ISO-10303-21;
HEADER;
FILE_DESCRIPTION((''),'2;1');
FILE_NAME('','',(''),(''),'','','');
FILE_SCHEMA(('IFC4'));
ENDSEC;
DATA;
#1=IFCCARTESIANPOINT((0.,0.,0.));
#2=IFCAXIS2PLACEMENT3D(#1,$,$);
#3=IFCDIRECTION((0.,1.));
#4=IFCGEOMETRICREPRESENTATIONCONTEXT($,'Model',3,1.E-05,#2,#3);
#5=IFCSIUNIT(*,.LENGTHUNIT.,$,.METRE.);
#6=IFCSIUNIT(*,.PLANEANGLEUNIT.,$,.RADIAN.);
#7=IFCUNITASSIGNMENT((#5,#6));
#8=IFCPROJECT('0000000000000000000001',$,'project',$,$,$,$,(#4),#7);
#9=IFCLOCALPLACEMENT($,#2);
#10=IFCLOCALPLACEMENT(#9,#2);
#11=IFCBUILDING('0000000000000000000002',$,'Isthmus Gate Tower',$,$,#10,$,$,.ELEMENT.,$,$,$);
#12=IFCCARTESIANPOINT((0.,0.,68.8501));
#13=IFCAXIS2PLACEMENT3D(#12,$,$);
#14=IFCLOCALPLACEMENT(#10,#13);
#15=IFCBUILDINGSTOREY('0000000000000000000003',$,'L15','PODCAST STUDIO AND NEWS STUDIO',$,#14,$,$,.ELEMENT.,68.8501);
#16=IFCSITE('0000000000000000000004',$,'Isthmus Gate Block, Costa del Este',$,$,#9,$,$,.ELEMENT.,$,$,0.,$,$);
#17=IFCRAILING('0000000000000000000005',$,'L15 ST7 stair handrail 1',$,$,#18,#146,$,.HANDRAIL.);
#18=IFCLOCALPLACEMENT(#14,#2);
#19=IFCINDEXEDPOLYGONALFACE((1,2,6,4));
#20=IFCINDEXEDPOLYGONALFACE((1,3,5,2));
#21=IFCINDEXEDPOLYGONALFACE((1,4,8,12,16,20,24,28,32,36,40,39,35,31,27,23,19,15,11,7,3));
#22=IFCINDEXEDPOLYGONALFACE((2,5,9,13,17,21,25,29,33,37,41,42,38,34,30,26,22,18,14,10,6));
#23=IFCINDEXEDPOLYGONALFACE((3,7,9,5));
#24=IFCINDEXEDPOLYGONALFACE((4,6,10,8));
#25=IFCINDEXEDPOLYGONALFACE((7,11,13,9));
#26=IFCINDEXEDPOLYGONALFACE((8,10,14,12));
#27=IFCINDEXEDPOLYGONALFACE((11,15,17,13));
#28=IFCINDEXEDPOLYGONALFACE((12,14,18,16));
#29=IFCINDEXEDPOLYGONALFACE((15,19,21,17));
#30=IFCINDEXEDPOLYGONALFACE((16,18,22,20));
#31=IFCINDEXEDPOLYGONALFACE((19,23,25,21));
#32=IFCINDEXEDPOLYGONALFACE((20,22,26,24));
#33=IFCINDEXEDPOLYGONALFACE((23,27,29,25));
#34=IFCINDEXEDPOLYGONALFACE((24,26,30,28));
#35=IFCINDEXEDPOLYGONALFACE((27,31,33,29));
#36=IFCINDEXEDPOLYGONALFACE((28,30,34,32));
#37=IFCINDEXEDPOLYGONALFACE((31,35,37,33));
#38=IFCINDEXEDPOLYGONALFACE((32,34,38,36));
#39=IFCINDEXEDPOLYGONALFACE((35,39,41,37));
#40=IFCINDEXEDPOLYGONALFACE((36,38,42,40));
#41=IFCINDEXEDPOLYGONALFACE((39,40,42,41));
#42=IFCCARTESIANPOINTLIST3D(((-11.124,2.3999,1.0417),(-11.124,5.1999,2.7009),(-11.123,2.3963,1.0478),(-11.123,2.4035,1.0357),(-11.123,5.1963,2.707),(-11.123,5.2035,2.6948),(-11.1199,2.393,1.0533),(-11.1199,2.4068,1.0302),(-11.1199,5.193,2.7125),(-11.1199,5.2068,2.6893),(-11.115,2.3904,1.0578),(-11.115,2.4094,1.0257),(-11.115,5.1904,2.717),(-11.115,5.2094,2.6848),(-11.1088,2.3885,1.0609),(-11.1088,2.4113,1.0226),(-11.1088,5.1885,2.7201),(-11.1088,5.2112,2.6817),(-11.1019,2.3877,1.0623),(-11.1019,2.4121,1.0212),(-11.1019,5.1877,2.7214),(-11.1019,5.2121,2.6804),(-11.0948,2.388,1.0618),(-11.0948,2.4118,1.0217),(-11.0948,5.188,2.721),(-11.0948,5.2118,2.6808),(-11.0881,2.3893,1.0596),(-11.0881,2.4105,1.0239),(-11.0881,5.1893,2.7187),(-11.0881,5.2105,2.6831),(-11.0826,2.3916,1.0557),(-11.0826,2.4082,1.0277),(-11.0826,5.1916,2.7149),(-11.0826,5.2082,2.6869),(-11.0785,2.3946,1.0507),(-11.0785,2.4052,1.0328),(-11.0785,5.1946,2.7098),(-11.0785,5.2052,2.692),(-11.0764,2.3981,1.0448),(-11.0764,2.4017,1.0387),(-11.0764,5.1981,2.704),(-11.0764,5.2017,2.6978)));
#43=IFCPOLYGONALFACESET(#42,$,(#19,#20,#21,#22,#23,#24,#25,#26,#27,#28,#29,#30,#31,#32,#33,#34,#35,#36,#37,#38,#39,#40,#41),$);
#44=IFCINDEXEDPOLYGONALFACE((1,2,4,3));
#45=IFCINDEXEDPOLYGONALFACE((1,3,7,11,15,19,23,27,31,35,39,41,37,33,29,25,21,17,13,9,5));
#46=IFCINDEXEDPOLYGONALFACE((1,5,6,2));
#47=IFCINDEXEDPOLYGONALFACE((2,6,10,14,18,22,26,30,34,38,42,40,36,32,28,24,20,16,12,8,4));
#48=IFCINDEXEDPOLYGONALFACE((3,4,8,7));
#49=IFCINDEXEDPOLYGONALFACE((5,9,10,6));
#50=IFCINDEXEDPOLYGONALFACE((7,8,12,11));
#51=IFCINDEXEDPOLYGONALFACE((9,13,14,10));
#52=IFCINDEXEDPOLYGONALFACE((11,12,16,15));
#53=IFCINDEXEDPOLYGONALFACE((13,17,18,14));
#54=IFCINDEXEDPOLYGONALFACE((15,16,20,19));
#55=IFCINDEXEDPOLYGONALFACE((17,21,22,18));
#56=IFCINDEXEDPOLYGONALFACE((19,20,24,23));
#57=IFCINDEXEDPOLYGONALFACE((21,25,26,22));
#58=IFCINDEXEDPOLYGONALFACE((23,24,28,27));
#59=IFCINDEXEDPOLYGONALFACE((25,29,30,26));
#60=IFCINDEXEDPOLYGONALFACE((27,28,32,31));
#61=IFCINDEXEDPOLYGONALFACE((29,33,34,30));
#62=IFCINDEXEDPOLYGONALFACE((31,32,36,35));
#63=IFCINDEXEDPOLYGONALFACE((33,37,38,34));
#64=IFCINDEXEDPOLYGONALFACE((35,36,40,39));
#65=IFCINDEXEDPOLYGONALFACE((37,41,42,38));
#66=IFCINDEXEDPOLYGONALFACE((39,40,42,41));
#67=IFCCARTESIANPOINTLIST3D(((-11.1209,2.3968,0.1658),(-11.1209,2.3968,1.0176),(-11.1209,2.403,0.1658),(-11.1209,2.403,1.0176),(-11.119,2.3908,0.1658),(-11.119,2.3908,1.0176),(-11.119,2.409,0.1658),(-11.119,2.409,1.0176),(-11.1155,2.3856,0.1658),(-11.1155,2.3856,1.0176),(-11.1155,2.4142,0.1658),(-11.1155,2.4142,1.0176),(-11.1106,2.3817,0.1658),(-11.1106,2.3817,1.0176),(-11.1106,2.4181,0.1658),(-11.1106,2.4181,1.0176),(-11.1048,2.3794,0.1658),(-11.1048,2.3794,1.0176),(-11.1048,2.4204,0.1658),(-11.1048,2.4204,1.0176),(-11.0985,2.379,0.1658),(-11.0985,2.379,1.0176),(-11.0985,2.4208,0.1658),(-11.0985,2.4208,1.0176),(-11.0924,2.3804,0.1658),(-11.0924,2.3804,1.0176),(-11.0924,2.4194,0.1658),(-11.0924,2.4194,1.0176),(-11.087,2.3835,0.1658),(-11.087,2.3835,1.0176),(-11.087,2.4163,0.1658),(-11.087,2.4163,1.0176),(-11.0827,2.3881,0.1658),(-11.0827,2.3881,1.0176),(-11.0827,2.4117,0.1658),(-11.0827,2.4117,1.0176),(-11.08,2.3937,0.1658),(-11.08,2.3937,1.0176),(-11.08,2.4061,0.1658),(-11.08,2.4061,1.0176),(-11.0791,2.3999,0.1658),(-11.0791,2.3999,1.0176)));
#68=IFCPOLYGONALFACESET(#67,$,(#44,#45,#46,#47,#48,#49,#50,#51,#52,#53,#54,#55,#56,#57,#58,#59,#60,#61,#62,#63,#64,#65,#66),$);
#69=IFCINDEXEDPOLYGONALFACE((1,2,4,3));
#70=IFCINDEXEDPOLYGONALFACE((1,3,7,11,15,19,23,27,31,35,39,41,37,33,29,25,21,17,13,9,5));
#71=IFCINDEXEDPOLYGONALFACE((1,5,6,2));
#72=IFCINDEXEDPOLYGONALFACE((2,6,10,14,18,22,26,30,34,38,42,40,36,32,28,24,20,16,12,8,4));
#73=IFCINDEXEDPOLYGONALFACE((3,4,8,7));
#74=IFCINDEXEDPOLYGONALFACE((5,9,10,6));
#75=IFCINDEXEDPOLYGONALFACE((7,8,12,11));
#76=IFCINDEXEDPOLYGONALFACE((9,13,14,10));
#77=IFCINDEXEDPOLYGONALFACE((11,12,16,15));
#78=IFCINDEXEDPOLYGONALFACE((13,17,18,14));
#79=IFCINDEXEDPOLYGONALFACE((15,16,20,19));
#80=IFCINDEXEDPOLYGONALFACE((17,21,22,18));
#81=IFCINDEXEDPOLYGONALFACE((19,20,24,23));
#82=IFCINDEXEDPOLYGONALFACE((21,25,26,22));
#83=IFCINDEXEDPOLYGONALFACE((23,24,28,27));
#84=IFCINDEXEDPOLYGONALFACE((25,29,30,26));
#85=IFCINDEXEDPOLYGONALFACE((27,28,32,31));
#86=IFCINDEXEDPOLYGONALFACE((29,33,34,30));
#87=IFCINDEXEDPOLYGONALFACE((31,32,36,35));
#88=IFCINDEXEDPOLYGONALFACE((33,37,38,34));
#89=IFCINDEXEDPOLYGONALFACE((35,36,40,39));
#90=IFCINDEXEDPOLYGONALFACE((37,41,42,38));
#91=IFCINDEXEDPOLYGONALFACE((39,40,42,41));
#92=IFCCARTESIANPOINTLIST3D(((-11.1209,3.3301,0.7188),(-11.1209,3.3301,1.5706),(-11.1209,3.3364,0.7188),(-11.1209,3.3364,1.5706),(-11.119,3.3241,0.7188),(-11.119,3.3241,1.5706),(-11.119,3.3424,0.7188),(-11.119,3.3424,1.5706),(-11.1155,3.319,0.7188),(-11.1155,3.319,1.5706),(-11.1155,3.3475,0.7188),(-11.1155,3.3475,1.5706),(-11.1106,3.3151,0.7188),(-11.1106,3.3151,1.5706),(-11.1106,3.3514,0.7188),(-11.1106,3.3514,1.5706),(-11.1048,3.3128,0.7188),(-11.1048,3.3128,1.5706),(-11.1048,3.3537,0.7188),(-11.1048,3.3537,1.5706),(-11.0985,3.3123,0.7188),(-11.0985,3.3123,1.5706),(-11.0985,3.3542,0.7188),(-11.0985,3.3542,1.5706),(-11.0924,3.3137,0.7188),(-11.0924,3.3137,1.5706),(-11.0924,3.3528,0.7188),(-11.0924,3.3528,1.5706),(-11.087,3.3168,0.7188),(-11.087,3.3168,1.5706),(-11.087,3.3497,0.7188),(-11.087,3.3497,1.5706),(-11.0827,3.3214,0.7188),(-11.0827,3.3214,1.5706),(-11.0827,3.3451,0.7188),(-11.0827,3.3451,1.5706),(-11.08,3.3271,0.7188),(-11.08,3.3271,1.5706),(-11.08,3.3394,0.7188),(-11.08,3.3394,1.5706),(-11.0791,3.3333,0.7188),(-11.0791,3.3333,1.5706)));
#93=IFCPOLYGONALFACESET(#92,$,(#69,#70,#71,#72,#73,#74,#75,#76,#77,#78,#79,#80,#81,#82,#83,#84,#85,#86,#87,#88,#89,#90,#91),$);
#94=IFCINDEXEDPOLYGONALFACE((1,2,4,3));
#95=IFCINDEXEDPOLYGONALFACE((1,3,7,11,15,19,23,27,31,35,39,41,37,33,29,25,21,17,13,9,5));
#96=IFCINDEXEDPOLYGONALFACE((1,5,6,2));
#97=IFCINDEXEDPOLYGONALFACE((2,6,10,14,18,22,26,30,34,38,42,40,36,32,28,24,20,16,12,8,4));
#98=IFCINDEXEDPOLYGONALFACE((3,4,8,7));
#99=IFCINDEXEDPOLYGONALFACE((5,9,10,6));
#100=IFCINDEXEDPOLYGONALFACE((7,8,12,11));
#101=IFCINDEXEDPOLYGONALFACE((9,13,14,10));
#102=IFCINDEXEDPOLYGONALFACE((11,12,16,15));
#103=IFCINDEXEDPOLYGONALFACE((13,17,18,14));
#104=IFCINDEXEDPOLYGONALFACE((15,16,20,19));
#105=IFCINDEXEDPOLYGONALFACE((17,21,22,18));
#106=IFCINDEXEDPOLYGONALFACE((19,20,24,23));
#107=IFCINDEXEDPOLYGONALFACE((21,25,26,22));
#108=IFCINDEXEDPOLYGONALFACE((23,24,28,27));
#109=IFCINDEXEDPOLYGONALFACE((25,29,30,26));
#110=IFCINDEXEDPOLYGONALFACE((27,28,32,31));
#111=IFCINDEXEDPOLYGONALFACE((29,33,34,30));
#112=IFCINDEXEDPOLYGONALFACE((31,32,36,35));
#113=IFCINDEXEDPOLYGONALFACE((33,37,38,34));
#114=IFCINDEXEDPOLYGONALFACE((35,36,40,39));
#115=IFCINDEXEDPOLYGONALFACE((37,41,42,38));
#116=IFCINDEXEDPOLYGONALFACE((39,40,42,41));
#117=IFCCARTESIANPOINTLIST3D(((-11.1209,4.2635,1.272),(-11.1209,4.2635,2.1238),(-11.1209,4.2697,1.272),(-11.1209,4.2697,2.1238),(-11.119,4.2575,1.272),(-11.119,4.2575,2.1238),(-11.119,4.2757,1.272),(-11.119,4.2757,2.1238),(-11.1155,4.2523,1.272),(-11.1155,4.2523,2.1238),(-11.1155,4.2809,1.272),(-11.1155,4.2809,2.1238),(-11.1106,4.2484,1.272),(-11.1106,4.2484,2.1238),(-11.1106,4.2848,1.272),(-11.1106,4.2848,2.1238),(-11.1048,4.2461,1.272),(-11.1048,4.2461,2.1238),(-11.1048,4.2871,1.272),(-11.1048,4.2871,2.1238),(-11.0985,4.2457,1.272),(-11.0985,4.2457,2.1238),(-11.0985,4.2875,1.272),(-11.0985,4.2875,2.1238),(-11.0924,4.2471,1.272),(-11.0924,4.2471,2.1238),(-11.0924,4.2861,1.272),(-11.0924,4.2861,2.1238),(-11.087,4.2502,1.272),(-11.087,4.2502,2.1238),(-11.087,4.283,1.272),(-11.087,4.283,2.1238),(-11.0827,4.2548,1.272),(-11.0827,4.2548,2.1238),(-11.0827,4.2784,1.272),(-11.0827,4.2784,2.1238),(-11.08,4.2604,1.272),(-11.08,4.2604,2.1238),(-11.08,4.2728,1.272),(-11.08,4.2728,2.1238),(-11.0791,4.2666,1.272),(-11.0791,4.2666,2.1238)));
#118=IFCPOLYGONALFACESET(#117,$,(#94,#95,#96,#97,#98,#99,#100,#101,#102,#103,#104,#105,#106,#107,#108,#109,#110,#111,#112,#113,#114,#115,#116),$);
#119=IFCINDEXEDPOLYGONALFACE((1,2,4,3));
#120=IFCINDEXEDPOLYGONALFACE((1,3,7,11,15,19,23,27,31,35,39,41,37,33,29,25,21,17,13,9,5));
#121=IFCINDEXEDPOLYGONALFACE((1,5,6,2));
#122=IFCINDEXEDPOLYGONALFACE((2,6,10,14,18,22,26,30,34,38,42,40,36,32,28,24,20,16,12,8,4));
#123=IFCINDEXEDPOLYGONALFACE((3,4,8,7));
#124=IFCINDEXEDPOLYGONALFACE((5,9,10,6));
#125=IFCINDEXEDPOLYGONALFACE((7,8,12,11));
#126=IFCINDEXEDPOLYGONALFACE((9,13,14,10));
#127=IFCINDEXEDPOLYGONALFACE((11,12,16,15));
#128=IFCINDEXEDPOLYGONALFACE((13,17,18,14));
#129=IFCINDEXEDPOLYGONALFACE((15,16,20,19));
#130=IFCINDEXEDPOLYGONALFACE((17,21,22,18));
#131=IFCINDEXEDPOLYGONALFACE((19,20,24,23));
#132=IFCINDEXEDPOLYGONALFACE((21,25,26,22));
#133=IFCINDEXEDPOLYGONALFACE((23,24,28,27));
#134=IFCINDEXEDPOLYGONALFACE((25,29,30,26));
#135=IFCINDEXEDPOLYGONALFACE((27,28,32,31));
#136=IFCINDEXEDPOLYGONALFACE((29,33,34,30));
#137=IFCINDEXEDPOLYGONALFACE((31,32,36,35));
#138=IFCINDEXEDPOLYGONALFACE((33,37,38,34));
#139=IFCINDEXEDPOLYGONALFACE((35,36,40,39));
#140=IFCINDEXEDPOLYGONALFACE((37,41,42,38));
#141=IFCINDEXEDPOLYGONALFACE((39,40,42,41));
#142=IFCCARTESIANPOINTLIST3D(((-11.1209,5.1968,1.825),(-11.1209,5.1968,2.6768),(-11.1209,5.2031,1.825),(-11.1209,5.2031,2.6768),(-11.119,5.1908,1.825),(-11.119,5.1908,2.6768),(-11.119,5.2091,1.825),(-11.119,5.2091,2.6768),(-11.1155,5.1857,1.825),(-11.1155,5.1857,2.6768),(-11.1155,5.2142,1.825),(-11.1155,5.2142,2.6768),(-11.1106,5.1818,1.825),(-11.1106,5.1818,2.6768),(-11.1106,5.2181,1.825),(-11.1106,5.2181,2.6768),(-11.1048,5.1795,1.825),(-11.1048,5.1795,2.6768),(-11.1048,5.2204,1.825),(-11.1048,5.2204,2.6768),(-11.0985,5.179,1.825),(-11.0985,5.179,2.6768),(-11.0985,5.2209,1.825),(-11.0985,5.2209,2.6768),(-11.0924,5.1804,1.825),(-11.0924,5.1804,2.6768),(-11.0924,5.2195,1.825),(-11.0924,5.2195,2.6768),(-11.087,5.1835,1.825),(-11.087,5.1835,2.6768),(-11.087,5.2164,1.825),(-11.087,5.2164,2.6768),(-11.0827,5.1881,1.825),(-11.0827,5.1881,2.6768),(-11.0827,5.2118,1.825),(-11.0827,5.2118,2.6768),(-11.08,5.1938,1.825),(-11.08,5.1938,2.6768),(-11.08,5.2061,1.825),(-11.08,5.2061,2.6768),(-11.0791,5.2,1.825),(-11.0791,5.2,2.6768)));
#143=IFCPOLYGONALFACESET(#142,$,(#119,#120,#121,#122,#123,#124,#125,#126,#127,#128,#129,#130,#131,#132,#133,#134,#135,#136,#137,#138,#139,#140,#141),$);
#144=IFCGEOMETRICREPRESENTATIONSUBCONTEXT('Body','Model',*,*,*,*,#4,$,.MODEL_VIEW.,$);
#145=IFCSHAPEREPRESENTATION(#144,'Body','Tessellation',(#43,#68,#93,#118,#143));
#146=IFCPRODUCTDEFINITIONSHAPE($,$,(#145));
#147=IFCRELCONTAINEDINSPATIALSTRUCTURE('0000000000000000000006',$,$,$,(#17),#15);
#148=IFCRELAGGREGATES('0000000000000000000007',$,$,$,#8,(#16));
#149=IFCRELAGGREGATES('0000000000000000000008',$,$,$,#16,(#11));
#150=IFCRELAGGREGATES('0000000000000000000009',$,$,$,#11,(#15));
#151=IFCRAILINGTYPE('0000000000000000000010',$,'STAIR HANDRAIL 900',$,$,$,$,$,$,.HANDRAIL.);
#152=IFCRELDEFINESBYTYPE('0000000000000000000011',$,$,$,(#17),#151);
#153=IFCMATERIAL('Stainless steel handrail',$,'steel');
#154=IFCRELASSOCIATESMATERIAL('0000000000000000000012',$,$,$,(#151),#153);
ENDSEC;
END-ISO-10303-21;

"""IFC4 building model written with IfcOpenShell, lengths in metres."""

from ifc_helpers import new_model, si_unit, direction, frame, origin, origin_2d, place, context, subcontext, project, spatial, circle, extrude, material, type_object, element, save


model = new_model("IFC4")

# Units and contexts
model_context = context("Model", 3, precision=1e-05, world=origin(), true_north=direction((0.0, 1.0)))
body_context = subcontext(model_context, "Body", "Model", "MODEL_VIEW")
ifc_project = project(units=[si_unit("LENGTHUNIT", "METRE"), si_unit("PLANEANGLEUNIT", "RADIAN")], contexts=[model_context])

# Site, building, storey
site_placement = place(None, origin())
site = spatial("IfcSite", under=ifc_project, at=site_placement, Name="Isthmus Gate Block, Costa del Este", CompositionType="ELEMENT", RefElevation=0.0)
building_placement = place(site_placement, origin())
building = spatial("IfcBuilding", under=site, at=building_placement, Name="Isthmus Gate Tower", CompositionType="ELEMENT")
storey_placement = place(building_placement, frame((0.0, 0.0, 68.8501)))
storey = spatial("IfcBuildingStorey", under=building, at=storey_placement, Name="L15", Description="PODCAST STUDIO AND NEWS STUDIO", CompositionType="ELEMENT", Elevation=68.8501)

# Railing
ifc_material_1 = material(Name="Stainless steel handrail", Category="steel")
railing_type_1 = type_object("IfcRailingType", Name="STAIR HANDRAIL 900", PredefinedType="HANDRAIL", material=ifc_material_1)
railing_1_placement = place(storey_placement, frame((-11.1001, 2.3999, 0.1658)))
element("IfcRailing", 1, at=railing_1_placement, inside=storey, type_object=railing_type_1, Name="L15 ST7 stair handrail 1", PredefinedType="HANDRAIL", context=body_context, shape_type="SweptSolid", body=[
    extrude(circle(Radius=0.0239, at=origin_2d()), frame((0.0, 0.0, 0.876), z_axis=(0.0, 0.860306, 0.509778), x_axis=(-1.0, 0.0, 0.0)), (0.0, 0.0, 1.0), 3.2546),
    extrude(circle(Radius=0.021, at=origin_2d()), origin(), (0.0, 0.0, 1.0), 0.8518),
    extrude(circle(Radius=0.021, at=origin_2d()), frame((0.0, 0.9333, 0.553)), (0.0, 0.0, 1.0), 0.8518),
    extrude(circle(Radius=0.021, at=origin_2d()), frame((0.0, 1.8667, 1.1062)), (0.0, 0.0, 1.0), 0.8518),
    extrude(circle(Radius=0.021, at=origin_2d()), frame((0.0, 2.8, 1.6592)), (0.0, 0.0, 1.0), 0.8518),
])

save(model, "model.ifc")
